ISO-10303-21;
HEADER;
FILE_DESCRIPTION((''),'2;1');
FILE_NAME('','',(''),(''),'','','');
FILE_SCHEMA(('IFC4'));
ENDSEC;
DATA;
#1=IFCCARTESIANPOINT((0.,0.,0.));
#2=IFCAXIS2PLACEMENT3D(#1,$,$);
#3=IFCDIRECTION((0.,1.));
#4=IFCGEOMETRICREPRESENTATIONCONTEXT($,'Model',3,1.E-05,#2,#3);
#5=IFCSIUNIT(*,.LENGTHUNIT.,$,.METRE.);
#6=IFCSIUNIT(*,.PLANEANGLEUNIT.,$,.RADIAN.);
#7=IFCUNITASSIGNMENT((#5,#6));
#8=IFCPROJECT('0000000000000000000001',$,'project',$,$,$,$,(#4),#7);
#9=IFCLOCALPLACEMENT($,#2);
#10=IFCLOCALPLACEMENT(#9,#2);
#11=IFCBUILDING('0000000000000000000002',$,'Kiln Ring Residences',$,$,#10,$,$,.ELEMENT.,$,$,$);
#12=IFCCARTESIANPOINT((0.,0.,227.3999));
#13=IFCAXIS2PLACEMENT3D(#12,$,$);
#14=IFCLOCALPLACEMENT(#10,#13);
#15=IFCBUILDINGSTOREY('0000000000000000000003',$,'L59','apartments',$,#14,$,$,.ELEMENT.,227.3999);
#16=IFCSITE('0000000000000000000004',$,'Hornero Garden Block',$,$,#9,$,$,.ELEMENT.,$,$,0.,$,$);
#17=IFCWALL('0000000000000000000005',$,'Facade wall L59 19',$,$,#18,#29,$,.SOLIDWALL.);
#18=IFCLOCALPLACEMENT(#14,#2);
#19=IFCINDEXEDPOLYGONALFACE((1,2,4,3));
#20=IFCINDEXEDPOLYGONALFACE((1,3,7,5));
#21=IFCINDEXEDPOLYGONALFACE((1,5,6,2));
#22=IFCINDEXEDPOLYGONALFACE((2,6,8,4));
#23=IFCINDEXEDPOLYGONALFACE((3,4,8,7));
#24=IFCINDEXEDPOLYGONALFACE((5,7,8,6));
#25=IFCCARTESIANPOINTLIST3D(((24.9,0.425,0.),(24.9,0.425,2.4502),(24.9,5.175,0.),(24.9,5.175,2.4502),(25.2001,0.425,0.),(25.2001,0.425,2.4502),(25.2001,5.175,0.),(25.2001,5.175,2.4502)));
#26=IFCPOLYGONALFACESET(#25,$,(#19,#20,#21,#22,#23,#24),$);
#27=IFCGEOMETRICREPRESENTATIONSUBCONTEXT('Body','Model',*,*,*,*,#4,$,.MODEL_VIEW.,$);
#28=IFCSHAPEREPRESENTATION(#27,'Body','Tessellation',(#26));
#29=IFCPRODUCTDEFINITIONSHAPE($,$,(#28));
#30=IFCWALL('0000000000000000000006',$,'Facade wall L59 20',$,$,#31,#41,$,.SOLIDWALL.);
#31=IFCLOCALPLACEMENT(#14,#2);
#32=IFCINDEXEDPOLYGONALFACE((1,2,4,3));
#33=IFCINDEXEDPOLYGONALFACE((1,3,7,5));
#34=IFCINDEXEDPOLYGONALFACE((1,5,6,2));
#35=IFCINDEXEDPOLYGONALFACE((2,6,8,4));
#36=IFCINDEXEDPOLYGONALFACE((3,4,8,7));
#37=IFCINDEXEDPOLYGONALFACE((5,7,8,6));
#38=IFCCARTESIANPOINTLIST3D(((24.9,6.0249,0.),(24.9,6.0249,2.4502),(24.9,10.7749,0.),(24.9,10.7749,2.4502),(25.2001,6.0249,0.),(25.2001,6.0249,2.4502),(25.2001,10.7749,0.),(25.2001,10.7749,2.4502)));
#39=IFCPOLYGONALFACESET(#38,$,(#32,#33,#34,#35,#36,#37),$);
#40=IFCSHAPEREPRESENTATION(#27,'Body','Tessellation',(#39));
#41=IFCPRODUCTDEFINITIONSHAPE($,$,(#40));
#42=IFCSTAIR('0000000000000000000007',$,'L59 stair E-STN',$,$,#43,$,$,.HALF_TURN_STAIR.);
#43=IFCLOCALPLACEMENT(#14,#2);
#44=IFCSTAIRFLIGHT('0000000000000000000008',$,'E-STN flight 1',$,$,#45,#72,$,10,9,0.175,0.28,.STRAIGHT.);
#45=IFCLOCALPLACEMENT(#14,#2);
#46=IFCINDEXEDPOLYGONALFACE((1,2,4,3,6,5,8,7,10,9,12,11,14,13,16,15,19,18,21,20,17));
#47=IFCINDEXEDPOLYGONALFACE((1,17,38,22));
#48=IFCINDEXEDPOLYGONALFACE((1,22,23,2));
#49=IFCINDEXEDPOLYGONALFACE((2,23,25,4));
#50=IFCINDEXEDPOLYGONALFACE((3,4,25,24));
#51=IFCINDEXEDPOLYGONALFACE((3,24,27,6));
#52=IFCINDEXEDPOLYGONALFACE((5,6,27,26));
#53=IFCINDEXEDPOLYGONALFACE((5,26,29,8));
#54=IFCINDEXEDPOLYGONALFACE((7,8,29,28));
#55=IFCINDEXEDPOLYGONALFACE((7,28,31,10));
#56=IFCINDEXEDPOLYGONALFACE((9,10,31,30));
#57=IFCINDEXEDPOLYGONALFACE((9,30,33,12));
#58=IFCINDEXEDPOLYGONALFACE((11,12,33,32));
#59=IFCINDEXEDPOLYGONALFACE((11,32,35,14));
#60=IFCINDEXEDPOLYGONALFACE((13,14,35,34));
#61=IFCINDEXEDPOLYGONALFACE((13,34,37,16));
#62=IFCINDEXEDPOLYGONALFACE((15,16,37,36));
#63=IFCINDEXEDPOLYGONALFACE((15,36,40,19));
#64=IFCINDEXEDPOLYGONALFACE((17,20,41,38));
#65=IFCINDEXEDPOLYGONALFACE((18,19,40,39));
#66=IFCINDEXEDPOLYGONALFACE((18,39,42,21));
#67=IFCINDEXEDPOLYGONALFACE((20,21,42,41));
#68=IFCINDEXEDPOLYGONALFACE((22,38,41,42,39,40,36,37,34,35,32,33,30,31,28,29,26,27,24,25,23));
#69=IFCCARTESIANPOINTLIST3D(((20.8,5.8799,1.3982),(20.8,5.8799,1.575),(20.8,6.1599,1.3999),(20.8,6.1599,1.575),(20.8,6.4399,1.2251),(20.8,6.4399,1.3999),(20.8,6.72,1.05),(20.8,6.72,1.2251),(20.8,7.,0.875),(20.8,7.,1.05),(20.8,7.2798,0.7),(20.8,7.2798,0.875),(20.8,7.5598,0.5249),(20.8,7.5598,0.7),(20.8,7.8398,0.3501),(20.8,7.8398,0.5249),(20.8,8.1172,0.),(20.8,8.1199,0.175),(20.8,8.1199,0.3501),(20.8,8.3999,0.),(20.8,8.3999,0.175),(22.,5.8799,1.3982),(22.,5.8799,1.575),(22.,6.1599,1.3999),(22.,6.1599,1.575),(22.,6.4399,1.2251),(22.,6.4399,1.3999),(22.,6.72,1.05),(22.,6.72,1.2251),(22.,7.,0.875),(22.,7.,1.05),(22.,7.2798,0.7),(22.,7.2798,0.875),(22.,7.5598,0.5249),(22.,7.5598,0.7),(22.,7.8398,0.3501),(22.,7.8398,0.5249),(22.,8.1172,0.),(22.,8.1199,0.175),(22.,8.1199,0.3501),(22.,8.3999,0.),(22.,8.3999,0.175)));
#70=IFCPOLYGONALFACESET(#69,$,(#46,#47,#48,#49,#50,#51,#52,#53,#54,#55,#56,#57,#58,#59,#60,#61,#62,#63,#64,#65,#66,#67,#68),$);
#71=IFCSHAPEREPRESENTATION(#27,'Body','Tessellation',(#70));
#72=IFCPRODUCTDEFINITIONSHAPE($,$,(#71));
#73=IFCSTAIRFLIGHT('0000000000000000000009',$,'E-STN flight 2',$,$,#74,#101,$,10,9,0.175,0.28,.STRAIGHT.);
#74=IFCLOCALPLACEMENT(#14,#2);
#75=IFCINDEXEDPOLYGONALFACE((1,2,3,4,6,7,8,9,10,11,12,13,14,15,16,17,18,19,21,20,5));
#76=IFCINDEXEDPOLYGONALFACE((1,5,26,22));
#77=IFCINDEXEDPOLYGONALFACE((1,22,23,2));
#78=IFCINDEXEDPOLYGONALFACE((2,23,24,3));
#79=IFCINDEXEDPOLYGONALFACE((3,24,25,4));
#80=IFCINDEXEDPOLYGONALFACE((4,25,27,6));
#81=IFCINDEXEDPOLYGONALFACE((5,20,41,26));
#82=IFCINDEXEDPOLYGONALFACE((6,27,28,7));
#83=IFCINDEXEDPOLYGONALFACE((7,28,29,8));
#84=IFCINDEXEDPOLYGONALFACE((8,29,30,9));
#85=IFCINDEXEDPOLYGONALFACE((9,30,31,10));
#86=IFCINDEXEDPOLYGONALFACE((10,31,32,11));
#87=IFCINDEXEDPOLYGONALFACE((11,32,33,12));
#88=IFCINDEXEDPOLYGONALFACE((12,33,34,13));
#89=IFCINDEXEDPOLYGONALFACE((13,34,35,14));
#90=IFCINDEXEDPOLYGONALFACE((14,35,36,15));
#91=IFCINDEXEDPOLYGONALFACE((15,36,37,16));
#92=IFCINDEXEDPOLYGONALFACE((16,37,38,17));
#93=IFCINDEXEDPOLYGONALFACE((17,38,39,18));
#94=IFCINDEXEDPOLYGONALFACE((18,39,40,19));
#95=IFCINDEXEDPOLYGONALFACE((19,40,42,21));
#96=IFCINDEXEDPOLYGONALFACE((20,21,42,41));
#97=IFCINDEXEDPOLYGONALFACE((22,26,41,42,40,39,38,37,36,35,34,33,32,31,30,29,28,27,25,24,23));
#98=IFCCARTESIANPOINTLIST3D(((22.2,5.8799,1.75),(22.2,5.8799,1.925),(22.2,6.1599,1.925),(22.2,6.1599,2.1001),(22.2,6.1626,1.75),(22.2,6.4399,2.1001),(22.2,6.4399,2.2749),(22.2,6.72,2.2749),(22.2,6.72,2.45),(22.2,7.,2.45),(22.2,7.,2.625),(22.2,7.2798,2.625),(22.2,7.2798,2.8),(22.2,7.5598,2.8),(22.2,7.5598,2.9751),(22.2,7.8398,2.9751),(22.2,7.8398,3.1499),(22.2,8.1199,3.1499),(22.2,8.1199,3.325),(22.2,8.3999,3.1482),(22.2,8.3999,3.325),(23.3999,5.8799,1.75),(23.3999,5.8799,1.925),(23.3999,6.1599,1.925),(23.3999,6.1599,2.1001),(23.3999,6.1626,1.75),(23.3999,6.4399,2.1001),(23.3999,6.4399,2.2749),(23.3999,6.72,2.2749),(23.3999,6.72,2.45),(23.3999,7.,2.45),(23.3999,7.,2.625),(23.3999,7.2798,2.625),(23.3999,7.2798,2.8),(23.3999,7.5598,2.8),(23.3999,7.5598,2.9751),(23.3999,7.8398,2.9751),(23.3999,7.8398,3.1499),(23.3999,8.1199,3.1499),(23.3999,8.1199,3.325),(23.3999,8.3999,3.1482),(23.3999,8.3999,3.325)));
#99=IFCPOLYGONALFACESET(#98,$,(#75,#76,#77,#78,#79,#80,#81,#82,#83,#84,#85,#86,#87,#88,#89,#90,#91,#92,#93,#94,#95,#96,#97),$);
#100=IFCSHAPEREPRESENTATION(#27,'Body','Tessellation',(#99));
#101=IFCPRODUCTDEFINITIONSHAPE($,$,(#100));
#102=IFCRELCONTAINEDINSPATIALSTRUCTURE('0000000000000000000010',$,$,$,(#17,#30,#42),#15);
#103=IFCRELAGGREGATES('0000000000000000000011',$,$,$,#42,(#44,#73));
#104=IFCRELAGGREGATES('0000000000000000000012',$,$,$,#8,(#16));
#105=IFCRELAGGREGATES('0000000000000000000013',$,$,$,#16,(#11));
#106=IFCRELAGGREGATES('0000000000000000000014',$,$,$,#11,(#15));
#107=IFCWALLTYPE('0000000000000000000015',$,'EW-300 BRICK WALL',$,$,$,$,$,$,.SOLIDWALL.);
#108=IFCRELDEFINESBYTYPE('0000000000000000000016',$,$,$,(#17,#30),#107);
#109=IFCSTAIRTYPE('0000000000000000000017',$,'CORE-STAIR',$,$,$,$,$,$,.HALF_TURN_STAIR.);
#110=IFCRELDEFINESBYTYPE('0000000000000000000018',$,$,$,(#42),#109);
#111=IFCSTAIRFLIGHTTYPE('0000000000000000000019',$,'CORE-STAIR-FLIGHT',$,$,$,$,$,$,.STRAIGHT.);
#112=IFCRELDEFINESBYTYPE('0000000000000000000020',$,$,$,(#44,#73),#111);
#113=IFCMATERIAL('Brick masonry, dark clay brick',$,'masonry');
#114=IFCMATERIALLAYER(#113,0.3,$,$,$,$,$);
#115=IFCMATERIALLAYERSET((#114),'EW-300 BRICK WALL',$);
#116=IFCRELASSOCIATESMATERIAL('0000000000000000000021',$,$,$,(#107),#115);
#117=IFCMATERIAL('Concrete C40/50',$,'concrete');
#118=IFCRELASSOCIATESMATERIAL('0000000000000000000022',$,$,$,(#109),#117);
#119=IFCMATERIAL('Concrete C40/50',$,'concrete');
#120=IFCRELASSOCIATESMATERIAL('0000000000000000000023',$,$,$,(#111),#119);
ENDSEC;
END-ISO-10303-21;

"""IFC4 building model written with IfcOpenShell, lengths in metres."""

from ifc_helpers import new_model, si_unit, direction, frame, frame_2d, origin, place, context, subcontext, project, spatial, polyline, rectangle, outline, extrude, material, layer, layer_set, type_object, element, aggregate, save


model = new_model("IFC4")

# Units and contexts
model_context = context("Model", 3, precision=1e-05, world=origin(), true_north=direction((0.0, 1.0)))
body_context = subcontext(model_context, "Body", "Model", "MODEL_VIEW")
ifc_project = project(units=[si_unit("LENGTHUNIT", "METRE"), si_unit("PLANEANGLEUNIT", "RADIAN")], contexts=[model_context])

# Site, building, storey
site_placement = place(None, origin())
site = spatial("IfcSite", under=ifc_project, at=site_placement, Name="Hornero Garden Block", CompositionType="ELEMENT", RefElevation=0.0)
building_placement = place(site_placement, origin())
building = spatial("IfcBuilding", under=site, at=building_placement, Name="Kiln Ring Residences", CompositionType="ELEMENT")
storey_placement = place(building_placement, frame((0.0, 0.0, 227.3999)))
storey = spatial("IfcBuildingStorey", under=building, at=storey_placement, Name="L59", Description="apartments", CompositionType="ELEMENT", Elevation=227.3999)

# Walls
ifc_material_1 = material(Name="Brick masonry, dark clay brick", Category="masonry")
ifc_layer_1 = layer(ifc_material_1, 0.3)
ifc_layer_set_1 = layer_set([ifc_layer_1], Name="EW-300 BRICK WALL")
wall_type_1 = type_object("IfcWallType", Name="EW-300 BRICK WALL", PredefinedType="SOLIDWALL", material=ifc_layer_set_1)
for number, where, z_axis, x_axis, name in (
    (1, (25.05, 0.425, 0.0), (0.0, 0.0, 1.0), (0.0, 1.0, 0.0), "Facade wall L59 19"),
    (2, (25.05, 6.0249, 0.0), (0.0, 0.0, 1.0), (0.0, 1.0, 0.0), "Facade wall L59 20"),
):
    element("IfcWall", number, at=place(storey_placement, frame(where, z_axis=z_axis, x_axis=x_axis)), inside=storey, type_object=wall_type_1, Name=name, PredefinedType="SOLIDWALL", context=body_context, shape_type="SweptSolid", body=[
        extrude(rectangle(XDim=4.75, YDim=0.3, at=frame_2d((2.375, 0.0))), origin(), (0.0, 0.0, 1.0), 2.4502),
    ])

# Stair, stair flights
ifc_material_2 = material(Name="Concrete C40/50", Category="concrete")
stair_type = type_object("IfcStairType", Name="CORE-STAIR", PredefinedType="HALF_TURN_STAIR", material=ifc_material_2)
stair_placement = place(storey_placement, origin())
stair = element("IfcStair", 3, at=stair_placement, inside=storey, type_object=stair_type, Name="L59 stair E-STN", PredefinedType="HALF_TURN_STAIR")
ifc_material_3 = material(Name="Concrete C40/50", Category="concrete")
stair_flight_type = type_object("IfcStairFlightType", Name="CORE-STAIR-FLIGHT", PredefinedType="STRAIGHT", material=ifc_material_3)
stair_flight_1_placement = place(storey_placement, frame((21.3999, 8.3999, 0.0), z_axis=(0.0, 0.0, 1.0), x_axis=(0.0, -1.0, 0.0)))
stair_flight_1 = element("IfcStairFlight", 4, at=stair_flight_1_placement, type_object=stair_flight_type, Name="E-STN flight 1", NumberOfRisers=10, NumberOfTreads=9, PredefinedType="STRAIGHT", RiserHeight=0.175, TreadLength=0.28, context=body_context, shape_type="SweptSolid", body=[
    extrude(outline(polyline([(0.0, 0.0), (0.0, 0.175), (0.28, 0.175), (0.28, 0.3501), (0.5601, 0.3501), (0.5601, 0.5249), (0.8401, 0.5249), (0.8401, 0.7), (1.1201, 0.7), (1.1201, 0.875), (1.3999, 0.875), (1.3999, 1.05), (1.6799, 1.05), (1.6799, 1.2251), (1.96, 1.2251), (1.96, 1.3999), (2.24, 1.3999), (2.24, 1.575), (2.52, 1.575), (2.52, 1.75), (2.52, 1.3982), (0.2827, 0.0), (0.0, 0.0)])), frame((0.0, 0.6001, 0.0), z_axis=(0.0, -1.0, 0.0), x_axis=(1.0, 0.0, 0.0)), (0.0, 0.0, 1.0), 1.2),
])
stair_flight_2_placement = place(storey_placement, frame((22.8, 5.8799, 1.75), z_axis=(0.0, 0.0, 1.0), x_axis=(0.0, 1.0, 0.0)))
stair_flight_2 = element("IfcStairFlight", 5, at=stair_flight_2_placement, type_object=stair_flight_type, Name="E-STN flight 2", NumberOfRisers=10, NumberOfTreads=9, PredefinedType="STRAIGHT", RiserHeight=0.175, TreadLength=0.28, context=body_context, shape_type="SweptSolid", body=[
    extrude(outline(polyline([(0.0, 0.0), (0.0, 0.175), (0.28, 0.175), (0.28, 0.3501), (0.5601, 0.3501), (0.5601, 0.5249), (0.8401, 0.5249), (0.8401, 0.7), (1.1201, 0.7), (1.1201, 0.875), (1.3999, 0.875), (1.3999, 1.05), (1.6799, 1.05), (1.6799, 1.2251), (1.96, 1.2251), (1.96, 1.3999), (2.24, 1.3999), (2.24, 1.575), (2.52, 1.575), (2.52, 1.75), (2.52, 1.3982), (0.2827, 0.0), (0.0, 0.0)])), frame((0.0, 0.6001, 0.0), z_axis=(0.0, -1.0, 0.0), x_axis=(1.0, 0.0, 0.0)), (0.0, 0.0, 1.0), 1.2),
])
aggregate(stair, [stair_flight_1, stair_flight_2])

save(model, "model.ifc")
